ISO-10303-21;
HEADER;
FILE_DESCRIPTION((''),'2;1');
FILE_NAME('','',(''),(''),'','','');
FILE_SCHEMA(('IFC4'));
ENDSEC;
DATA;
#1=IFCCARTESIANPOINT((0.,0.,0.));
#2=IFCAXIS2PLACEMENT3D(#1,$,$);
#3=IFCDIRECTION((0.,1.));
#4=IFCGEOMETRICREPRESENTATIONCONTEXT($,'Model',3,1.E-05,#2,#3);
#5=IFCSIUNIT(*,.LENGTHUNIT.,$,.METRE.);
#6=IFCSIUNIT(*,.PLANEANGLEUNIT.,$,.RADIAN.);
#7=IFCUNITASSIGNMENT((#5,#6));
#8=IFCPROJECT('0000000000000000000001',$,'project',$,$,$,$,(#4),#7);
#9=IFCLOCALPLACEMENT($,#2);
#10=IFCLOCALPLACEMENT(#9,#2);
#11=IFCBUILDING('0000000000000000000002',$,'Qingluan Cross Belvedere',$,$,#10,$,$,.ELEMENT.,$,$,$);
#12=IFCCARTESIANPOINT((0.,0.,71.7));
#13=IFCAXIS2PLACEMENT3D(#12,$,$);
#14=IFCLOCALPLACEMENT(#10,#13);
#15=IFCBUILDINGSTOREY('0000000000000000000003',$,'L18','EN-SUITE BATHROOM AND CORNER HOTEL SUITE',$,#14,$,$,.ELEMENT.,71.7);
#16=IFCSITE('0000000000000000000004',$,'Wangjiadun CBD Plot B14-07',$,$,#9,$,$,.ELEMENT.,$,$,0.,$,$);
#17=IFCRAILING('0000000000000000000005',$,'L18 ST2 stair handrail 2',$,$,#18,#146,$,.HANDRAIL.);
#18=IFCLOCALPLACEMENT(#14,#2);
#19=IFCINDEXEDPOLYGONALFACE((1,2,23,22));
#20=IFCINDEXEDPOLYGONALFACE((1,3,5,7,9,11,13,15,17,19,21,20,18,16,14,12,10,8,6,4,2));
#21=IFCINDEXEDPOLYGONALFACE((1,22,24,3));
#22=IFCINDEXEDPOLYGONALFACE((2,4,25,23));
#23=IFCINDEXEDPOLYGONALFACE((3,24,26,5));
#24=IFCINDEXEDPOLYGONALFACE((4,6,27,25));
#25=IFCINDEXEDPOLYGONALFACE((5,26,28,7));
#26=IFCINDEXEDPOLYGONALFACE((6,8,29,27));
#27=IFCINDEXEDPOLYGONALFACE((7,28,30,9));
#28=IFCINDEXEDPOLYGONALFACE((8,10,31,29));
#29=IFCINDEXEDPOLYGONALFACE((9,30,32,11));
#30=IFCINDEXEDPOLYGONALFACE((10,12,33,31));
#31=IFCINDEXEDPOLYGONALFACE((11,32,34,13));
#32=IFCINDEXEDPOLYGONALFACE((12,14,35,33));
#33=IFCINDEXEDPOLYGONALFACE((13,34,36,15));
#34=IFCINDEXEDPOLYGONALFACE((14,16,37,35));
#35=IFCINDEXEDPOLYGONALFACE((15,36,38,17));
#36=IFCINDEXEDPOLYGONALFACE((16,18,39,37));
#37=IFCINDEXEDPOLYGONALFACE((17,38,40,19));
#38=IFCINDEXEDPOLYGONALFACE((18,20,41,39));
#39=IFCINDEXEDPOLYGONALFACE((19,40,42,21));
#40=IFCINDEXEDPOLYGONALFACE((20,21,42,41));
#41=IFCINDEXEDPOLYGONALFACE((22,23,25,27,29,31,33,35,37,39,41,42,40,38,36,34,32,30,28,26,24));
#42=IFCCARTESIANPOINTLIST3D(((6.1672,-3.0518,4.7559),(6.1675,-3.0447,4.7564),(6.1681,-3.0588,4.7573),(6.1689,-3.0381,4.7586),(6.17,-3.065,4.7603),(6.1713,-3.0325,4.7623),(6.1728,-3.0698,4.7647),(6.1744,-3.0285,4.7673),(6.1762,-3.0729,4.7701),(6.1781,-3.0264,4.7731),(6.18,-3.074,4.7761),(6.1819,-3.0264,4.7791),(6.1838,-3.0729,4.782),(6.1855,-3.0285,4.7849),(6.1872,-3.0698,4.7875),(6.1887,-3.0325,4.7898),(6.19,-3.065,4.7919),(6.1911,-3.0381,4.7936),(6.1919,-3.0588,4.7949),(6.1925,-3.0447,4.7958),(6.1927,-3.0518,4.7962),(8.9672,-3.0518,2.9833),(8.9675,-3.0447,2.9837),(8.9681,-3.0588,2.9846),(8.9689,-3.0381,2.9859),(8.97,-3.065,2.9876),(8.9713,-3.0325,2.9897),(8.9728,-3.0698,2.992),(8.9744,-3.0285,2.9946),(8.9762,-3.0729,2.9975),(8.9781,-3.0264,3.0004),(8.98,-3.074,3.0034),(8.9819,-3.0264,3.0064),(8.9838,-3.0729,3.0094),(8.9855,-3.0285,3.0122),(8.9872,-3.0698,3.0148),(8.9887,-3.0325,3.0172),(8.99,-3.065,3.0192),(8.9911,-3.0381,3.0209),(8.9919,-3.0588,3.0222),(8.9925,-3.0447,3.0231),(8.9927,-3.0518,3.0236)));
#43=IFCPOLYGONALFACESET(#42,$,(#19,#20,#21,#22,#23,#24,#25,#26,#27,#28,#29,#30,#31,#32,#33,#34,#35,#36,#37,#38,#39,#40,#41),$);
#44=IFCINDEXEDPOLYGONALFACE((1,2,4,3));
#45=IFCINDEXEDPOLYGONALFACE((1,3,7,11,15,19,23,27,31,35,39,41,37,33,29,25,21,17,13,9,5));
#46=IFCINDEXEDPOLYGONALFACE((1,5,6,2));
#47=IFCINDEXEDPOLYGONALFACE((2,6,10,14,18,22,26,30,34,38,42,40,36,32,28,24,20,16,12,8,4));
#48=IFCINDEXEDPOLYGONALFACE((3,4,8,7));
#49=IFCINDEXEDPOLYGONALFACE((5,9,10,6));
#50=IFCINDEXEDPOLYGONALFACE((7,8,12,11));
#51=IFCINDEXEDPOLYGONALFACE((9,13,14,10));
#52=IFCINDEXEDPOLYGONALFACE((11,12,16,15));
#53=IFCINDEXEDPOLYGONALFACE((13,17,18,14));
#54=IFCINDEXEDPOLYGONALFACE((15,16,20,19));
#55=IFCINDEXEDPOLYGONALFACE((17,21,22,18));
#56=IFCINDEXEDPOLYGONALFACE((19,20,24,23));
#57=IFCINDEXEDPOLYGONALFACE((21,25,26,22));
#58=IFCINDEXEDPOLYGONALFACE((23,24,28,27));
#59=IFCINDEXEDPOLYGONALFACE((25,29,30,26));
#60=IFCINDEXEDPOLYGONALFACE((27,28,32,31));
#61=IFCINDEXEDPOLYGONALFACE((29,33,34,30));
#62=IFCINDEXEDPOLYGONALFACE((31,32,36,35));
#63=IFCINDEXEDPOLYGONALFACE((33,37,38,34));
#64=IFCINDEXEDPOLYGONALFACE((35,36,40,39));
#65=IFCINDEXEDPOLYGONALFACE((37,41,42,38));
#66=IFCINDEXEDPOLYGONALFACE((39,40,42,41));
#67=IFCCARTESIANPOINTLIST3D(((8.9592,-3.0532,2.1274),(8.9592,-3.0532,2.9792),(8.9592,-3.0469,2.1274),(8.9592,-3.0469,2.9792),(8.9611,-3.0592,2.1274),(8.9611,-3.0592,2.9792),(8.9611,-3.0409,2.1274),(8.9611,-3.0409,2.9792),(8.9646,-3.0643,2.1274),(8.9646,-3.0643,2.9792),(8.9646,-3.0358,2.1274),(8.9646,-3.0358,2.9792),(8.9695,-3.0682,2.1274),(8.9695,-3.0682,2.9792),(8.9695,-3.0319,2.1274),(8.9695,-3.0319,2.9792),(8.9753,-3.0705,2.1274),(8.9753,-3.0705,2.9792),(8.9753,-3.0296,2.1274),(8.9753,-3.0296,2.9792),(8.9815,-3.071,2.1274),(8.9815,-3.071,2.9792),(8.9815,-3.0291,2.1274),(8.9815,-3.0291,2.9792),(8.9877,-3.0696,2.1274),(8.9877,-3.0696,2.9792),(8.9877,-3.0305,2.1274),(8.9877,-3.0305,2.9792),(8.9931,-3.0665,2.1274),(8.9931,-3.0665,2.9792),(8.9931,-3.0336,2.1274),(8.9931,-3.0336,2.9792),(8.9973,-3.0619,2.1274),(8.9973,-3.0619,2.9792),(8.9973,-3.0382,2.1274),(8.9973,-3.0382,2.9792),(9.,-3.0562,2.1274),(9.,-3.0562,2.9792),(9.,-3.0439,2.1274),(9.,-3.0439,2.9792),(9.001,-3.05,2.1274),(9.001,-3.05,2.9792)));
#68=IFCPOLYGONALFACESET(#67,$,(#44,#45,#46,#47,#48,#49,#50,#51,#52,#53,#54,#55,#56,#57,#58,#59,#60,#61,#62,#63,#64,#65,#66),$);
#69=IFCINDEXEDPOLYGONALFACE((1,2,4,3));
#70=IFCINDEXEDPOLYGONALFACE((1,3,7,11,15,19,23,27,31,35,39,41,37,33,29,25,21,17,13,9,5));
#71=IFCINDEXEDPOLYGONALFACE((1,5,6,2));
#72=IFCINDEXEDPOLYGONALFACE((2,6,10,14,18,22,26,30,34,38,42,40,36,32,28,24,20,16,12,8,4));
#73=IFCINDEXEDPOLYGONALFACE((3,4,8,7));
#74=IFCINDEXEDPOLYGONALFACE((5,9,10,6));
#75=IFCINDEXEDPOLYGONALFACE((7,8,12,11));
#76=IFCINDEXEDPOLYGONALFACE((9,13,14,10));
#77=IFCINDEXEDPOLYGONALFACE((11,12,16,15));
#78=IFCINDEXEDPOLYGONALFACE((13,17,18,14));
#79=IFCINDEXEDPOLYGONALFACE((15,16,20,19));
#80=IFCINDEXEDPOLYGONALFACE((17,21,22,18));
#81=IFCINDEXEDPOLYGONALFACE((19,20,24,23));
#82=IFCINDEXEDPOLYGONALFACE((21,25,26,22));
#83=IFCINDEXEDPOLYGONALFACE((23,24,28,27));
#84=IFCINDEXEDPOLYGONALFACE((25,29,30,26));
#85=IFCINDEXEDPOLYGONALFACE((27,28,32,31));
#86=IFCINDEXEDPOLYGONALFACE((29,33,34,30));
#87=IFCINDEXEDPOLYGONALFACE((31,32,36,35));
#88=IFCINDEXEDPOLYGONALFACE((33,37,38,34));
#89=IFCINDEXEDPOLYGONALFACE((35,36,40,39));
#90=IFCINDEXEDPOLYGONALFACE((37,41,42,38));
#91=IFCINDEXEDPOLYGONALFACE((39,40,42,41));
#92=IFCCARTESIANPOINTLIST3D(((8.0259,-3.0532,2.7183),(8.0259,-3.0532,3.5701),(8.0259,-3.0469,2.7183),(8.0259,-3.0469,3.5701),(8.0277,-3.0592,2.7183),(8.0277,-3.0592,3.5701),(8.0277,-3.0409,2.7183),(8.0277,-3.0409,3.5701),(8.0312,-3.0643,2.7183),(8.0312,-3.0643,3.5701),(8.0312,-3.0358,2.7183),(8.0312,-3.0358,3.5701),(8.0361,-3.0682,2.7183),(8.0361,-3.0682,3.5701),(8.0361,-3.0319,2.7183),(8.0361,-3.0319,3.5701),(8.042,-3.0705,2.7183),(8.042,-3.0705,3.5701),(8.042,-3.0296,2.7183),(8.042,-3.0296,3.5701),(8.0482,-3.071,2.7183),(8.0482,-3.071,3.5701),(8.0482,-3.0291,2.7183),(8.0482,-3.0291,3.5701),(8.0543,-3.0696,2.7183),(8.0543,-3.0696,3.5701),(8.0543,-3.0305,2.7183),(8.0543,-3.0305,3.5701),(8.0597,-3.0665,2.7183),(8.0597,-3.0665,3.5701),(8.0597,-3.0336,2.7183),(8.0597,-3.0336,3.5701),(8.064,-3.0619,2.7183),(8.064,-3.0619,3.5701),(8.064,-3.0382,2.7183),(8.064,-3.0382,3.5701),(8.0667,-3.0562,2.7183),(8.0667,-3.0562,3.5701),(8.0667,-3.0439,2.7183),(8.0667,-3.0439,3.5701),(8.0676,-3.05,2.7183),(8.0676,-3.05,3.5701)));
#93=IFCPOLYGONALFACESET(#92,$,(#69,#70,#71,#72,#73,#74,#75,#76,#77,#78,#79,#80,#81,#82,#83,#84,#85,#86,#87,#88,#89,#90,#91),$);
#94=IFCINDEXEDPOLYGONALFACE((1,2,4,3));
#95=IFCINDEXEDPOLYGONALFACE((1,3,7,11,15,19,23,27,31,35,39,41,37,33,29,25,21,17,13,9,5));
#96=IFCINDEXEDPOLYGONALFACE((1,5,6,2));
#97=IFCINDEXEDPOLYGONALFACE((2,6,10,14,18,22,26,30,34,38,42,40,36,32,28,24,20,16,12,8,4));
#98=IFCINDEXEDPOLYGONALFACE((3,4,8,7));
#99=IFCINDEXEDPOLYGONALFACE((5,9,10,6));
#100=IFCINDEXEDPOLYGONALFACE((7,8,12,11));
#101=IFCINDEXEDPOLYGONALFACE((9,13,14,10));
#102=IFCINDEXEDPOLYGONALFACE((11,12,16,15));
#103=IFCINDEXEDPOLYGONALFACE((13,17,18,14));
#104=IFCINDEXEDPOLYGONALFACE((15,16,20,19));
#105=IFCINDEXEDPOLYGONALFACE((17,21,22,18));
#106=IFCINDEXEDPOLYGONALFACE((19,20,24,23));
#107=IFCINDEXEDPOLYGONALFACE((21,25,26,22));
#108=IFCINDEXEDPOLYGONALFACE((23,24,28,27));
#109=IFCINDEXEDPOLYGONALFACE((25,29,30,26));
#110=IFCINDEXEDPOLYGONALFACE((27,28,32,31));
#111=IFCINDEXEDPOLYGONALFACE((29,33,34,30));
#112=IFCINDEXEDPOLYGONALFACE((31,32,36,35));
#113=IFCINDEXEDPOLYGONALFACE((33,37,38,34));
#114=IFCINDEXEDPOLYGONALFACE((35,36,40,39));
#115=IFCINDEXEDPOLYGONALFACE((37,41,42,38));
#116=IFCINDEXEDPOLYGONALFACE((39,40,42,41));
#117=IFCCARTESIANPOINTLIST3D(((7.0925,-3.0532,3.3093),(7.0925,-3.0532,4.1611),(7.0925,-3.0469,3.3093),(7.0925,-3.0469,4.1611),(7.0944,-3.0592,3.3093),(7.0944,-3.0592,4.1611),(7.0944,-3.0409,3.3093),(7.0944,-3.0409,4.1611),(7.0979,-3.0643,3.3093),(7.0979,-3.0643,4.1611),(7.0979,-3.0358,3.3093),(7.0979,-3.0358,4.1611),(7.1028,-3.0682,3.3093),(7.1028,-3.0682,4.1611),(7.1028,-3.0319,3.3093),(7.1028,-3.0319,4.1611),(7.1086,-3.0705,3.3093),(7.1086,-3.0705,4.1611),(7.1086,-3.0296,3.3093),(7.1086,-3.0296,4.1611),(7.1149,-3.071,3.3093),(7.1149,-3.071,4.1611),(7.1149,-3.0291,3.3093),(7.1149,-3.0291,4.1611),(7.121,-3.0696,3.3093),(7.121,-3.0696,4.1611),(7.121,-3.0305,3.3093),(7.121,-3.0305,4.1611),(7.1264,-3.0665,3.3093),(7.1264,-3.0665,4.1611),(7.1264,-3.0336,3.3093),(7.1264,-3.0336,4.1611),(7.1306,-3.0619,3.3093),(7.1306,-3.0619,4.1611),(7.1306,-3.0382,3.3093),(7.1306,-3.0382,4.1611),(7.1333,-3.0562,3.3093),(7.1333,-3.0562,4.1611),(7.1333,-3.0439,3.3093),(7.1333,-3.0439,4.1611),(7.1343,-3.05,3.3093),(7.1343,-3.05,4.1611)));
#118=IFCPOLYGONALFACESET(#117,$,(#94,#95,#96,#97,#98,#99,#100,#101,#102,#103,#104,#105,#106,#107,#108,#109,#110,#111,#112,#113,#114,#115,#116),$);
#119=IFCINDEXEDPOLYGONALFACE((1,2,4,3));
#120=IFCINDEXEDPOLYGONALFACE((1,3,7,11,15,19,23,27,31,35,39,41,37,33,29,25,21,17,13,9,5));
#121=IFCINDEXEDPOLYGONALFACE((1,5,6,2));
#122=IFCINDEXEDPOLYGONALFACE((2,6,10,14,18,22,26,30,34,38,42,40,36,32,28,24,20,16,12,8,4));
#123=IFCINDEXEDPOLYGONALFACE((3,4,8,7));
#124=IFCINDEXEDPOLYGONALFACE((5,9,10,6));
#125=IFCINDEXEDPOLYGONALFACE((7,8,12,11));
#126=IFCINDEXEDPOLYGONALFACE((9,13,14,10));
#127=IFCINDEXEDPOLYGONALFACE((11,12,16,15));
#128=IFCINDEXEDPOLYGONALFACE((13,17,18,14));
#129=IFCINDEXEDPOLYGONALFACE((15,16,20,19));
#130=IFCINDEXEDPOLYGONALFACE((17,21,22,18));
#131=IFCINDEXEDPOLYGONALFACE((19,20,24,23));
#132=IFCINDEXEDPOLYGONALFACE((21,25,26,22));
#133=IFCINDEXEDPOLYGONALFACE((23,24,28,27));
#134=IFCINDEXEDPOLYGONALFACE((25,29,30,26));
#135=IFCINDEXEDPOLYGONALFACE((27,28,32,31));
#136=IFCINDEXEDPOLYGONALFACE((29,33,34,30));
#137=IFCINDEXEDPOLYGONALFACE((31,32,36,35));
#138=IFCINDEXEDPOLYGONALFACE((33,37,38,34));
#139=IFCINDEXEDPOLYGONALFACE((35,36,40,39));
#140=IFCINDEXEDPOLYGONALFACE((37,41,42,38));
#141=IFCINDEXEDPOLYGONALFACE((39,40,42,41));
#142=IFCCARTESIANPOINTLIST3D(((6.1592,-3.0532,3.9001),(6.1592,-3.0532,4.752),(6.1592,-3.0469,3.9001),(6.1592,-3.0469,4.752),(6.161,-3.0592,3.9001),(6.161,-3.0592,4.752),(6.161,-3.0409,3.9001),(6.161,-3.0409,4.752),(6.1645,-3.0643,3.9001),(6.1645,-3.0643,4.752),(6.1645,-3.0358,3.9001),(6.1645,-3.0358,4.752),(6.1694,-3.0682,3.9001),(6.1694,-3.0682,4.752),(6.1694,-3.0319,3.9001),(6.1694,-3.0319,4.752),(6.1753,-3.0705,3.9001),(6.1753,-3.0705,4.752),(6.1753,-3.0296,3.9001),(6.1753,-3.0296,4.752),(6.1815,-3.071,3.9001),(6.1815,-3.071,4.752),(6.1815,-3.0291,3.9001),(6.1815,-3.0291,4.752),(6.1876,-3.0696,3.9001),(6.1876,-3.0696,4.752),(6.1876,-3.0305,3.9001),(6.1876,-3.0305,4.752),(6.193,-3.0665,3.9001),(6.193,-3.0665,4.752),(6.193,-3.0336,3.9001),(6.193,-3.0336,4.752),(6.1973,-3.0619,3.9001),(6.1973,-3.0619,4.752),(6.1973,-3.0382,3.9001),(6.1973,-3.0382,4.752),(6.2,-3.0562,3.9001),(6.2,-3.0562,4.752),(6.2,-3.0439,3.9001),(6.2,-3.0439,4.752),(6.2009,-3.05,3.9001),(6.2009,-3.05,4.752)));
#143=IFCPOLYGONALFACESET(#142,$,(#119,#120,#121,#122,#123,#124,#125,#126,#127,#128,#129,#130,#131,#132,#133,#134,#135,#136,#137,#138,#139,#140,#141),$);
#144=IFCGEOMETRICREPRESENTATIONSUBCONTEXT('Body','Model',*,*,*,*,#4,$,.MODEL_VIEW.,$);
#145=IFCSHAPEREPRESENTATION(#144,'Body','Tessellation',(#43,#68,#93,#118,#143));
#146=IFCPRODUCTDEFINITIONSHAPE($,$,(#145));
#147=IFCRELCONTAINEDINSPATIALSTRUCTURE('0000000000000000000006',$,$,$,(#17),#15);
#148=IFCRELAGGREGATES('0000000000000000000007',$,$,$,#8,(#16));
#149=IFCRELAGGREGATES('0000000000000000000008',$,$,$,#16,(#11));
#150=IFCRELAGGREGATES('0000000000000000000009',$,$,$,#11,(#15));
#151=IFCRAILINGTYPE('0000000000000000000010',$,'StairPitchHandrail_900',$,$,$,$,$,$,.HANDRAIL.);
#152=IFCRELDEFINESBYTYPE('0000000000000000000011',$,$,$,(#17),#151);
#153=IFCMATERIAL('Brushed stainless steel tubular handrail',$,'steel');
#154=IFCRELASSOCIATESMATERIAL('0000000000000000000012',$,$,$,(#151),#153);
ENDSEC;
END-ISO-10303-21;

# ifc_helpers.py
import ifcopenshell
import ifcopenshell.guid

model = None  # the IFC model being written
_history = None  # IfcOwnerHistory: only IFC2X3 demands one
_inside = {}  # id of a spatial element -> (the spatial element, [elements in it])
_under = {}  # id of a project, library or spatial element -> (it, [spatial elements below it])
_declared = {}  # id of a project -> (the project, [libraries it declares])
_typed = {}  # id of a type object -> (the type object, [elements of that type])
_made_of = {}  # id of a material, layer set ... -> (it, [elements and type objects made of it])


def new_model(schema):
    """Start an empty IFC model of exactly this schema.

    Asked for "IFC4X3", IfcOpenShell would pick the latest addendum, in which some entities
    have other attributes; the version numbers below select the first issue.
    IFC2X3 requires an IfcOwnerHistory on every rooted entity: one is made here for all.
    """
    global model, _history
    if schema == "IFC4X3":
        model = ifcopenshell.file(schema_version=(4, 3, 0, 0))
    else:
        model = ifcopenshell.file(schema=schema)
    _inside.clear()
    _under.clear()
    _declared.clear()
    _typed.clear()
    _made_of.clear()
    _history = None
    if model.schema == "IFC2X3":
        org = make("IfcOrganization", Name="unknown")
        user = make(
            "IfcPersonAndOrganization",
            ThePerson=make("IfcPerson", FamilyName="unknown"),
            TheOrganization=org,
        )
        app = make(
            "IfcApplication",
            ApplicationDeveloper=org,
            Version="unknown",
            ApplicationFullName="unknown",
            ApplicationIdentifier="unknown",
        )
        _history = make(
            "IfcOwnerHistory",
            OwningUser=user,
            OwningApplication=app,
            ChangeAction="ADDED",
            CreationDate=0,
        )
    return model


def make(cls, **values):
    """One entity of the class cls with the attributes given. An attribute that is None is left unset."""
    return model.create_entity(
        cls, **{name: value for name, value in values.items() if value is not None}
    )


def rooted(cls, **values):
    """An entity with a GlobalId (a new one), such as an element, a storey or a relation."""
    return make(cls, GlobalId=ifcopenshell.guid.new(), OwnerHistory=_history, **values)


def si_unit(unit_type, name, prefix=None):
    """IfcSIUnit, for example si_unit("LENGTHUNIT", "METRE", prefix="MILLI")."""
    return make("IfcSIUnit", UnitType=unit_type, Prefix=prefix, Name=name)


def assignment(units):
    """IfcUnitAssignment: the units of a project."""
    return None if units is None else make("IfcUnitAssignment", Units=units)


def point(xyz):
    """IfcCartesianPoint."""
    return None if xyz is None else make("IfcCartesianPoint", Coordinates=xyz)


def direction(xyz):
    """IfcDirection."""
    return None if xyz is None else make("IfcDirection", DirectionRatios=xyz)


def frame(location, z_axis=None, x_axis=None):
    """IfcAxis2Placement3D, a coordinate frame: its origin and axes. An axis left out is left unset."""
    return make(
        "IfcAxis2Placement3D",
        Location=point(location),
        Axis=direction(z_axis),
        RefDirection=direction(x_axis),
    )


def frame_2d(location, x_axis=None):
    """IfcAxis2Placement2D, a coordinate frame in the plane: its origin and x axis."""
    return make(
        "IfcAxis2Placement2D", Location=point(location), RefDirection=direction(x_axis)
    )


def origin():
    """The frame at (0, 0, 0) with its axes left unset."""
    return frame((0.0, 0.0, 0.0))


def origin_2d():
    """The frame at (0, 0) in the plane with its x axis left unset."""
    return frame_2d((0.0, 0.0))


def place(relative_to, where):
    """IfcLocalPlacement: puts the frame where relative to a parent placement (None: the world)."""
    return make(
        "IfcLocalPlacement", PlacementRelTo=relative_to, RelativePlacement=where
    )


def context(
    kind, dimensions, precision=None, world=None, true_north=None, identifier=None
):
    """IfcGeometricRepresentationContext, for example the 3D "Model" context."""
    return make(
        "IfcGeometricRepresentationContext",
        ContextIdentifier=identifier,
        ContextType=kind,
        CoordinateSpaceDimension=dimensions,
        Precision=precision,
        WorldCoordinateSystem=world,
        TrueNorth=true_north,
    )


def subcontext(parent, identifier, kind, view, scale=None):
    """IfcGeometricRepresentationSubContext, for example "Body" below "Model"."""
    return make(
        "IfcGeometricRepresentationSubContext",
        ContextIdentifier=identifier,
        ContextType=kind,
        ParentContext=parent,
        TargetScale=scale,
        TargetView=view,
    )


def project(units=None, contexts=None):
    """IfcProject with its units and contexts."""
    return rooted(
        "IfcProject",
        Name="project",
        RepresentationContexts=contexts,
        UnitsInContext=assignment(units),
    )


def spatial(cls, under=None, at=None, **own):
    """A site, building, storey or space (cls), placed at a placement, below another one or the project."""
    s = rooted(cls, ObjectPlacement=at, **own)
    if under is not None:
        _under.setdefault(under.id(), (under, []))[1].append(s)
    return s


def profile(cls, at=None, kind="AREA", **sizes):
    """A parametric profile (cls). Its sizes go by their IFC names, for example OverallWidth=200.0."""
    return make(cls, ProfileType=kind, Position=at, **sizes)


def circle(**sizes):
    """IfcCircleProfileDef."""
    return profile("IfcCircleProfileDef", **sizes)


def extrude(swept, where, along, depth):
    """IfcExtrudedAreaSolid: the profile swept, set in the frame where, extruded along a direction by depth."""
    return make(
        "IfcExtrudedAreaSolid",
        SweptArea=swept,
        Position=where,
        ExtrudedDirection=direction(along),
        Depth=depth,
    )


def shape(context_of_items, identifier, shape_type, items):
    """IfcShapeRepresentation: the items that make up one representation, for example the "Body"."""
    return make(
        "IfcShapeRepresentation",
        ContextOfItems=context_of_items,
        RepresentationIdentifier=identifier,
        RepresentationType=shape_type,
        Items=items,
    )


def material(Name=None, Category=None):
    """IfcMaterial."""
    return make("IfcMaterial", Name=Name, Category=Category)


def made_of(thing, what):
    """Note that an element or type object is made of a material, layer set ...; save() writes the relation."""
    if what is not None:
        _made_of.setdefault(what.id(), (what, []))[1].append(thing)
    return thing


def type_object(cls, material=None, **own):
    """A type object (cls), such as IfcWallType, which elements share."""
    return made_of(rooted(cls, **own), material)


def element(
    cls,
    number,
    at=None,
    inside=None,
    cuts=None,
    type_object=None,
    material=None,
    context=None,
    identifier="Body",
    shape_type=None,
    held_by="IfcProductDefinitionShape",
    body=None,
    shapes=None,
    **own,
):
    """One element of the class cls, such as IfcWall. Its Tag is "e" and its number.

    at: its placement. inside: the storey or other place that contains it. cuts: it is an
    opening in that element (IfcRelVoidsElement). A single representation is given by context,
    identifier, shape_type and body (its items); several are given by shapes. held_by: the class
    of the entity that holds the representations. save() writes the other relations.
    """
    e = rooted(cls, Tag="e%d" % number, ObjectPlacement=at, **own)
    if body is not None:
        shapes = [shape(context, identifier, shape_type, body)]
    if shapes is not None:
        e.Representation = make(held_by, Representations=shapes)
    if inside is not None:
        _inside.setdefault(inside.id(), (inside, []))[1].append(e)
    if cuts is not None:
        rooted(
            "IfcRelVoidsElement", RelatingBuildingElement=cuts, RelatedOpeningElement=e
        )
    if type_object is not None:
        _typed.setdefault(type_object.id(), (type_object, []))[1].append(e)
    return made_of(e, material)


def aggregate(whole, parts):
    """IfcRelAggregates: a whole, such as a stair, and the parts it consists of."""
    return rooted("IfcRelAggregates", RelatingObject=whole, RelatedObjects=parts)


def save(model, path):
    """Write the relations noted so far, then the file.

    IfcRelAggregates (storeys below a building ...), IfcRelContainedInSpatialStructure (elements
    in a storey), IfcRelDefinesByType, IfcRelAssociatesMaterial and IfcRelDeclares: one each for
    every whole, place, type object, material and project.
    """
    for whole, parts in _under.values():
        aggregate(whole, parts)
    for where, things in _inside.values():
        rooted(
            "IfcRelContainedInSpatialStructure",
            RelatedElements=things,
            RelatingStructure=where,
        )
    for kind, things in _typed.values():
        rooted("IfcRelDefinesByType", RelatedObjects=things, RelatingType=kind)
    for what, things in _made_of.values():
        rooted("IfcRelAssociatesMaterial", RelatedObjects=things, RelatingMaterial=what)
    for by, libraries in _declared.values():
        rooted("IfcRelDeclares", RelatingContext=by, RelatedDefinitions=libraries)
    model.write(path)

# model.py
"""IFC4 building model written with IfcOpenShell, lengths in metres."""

from ifc_helpers import new_model, si_unit, direction, frame, origin, origin_2d, place, context, subcontext, project, spatial, circle, extrude, material, type_object, element, save


model = new_model("IFC4")

# Units and contexts
model_context = context("Model", 3, precision=1e-05, world=origin(), true_north=direction((0.0, 1.0)))
body_context = subcontext(model_context, "Body", "Model", "MODEL_VIEW")
ifc_project = project(units=[si_unit("LENGTHUNIT", "METRE"), si_unit("PLANEANGLEUNIT", "RADIAN")], contexts=[model_context])

# Site, building, storey
site_placement = place(None, origin())
site = spatial("IfcSite", under=ifc_project, at=site_placement, Name="Wangjiadun CBD Plot B14-07", CompositionType="ELEMENT", RefElevation=0.0)
building_placement = place(site_placement, origin())
building = spatial("IfcBuilding", under=site, at=building_placement, Name="Qingluan Cross Belvedere", CompositionType="ELEMENT")
storey_placement = place(building_placement, frame((0.0, 0.0, 71.7)))
storey = spatial("IfcBuildingStorey", under=building, at=storey_placement, Name="L18", Description="EN-SUITE BATHROOM AND CORNER HOTEL SUITE", CompositionType="ELEMENT", Elevation=71.7)

# Railing
ifc_material_1 = material(Name="Brushed stainless steel tubular handrail", Category="steel")
railing_type_1 = type_object("IfcRailingType", Name="StairPitchHandrail_900", PredefinedType="HANDRAIL", material=ifc_material_1)
for number, where, name in (
    (1, (8.98, -3.05, 2.1274), "L18 ST2 stair handrail 2"),
):
    element("IfcRailing", number, at=place(storey_placement, frame(where)), inside=storey, type_object=railing_type_1, Name=name, PredefinedType="HANDRAIL", context=body_context, shape_type="SweptSolid", body=[
        extrude(circle(Radius=0.0239, at=origin_2d()), frame((0.0, 0.0, 0.876), z_axis=(-0.844909, 0.0, 0.53491), x_axis=(0.0, -1.0, 0.0)), (0.0, 0.0, 1.0), 3.314),
        extrude(circle(Radius=0.021, at=origin_2d()), origin(), (0.0, 0.0, 1.0), 0.8518),
        extrude(circle(Radius=0.021, at=origin_2d()), frame((-0.9333, 0.0, 0.5908)), (0.0, 0.0, 1.0), 0.8518),
        extrude(circle(Radius=0.021, at=origin_2d()), frame((-1.8667, 0.0, 1.1819)), (0.0, 0.0, 1.0), 0.8518),
        extrude(circle(Radius=0.021, at=origin_2d()), frame((-2.8, 0.0, 1.7727)), (0.0, 0.0, 1.0), 0.8518),
    ])

save(model, "model.ifc")
